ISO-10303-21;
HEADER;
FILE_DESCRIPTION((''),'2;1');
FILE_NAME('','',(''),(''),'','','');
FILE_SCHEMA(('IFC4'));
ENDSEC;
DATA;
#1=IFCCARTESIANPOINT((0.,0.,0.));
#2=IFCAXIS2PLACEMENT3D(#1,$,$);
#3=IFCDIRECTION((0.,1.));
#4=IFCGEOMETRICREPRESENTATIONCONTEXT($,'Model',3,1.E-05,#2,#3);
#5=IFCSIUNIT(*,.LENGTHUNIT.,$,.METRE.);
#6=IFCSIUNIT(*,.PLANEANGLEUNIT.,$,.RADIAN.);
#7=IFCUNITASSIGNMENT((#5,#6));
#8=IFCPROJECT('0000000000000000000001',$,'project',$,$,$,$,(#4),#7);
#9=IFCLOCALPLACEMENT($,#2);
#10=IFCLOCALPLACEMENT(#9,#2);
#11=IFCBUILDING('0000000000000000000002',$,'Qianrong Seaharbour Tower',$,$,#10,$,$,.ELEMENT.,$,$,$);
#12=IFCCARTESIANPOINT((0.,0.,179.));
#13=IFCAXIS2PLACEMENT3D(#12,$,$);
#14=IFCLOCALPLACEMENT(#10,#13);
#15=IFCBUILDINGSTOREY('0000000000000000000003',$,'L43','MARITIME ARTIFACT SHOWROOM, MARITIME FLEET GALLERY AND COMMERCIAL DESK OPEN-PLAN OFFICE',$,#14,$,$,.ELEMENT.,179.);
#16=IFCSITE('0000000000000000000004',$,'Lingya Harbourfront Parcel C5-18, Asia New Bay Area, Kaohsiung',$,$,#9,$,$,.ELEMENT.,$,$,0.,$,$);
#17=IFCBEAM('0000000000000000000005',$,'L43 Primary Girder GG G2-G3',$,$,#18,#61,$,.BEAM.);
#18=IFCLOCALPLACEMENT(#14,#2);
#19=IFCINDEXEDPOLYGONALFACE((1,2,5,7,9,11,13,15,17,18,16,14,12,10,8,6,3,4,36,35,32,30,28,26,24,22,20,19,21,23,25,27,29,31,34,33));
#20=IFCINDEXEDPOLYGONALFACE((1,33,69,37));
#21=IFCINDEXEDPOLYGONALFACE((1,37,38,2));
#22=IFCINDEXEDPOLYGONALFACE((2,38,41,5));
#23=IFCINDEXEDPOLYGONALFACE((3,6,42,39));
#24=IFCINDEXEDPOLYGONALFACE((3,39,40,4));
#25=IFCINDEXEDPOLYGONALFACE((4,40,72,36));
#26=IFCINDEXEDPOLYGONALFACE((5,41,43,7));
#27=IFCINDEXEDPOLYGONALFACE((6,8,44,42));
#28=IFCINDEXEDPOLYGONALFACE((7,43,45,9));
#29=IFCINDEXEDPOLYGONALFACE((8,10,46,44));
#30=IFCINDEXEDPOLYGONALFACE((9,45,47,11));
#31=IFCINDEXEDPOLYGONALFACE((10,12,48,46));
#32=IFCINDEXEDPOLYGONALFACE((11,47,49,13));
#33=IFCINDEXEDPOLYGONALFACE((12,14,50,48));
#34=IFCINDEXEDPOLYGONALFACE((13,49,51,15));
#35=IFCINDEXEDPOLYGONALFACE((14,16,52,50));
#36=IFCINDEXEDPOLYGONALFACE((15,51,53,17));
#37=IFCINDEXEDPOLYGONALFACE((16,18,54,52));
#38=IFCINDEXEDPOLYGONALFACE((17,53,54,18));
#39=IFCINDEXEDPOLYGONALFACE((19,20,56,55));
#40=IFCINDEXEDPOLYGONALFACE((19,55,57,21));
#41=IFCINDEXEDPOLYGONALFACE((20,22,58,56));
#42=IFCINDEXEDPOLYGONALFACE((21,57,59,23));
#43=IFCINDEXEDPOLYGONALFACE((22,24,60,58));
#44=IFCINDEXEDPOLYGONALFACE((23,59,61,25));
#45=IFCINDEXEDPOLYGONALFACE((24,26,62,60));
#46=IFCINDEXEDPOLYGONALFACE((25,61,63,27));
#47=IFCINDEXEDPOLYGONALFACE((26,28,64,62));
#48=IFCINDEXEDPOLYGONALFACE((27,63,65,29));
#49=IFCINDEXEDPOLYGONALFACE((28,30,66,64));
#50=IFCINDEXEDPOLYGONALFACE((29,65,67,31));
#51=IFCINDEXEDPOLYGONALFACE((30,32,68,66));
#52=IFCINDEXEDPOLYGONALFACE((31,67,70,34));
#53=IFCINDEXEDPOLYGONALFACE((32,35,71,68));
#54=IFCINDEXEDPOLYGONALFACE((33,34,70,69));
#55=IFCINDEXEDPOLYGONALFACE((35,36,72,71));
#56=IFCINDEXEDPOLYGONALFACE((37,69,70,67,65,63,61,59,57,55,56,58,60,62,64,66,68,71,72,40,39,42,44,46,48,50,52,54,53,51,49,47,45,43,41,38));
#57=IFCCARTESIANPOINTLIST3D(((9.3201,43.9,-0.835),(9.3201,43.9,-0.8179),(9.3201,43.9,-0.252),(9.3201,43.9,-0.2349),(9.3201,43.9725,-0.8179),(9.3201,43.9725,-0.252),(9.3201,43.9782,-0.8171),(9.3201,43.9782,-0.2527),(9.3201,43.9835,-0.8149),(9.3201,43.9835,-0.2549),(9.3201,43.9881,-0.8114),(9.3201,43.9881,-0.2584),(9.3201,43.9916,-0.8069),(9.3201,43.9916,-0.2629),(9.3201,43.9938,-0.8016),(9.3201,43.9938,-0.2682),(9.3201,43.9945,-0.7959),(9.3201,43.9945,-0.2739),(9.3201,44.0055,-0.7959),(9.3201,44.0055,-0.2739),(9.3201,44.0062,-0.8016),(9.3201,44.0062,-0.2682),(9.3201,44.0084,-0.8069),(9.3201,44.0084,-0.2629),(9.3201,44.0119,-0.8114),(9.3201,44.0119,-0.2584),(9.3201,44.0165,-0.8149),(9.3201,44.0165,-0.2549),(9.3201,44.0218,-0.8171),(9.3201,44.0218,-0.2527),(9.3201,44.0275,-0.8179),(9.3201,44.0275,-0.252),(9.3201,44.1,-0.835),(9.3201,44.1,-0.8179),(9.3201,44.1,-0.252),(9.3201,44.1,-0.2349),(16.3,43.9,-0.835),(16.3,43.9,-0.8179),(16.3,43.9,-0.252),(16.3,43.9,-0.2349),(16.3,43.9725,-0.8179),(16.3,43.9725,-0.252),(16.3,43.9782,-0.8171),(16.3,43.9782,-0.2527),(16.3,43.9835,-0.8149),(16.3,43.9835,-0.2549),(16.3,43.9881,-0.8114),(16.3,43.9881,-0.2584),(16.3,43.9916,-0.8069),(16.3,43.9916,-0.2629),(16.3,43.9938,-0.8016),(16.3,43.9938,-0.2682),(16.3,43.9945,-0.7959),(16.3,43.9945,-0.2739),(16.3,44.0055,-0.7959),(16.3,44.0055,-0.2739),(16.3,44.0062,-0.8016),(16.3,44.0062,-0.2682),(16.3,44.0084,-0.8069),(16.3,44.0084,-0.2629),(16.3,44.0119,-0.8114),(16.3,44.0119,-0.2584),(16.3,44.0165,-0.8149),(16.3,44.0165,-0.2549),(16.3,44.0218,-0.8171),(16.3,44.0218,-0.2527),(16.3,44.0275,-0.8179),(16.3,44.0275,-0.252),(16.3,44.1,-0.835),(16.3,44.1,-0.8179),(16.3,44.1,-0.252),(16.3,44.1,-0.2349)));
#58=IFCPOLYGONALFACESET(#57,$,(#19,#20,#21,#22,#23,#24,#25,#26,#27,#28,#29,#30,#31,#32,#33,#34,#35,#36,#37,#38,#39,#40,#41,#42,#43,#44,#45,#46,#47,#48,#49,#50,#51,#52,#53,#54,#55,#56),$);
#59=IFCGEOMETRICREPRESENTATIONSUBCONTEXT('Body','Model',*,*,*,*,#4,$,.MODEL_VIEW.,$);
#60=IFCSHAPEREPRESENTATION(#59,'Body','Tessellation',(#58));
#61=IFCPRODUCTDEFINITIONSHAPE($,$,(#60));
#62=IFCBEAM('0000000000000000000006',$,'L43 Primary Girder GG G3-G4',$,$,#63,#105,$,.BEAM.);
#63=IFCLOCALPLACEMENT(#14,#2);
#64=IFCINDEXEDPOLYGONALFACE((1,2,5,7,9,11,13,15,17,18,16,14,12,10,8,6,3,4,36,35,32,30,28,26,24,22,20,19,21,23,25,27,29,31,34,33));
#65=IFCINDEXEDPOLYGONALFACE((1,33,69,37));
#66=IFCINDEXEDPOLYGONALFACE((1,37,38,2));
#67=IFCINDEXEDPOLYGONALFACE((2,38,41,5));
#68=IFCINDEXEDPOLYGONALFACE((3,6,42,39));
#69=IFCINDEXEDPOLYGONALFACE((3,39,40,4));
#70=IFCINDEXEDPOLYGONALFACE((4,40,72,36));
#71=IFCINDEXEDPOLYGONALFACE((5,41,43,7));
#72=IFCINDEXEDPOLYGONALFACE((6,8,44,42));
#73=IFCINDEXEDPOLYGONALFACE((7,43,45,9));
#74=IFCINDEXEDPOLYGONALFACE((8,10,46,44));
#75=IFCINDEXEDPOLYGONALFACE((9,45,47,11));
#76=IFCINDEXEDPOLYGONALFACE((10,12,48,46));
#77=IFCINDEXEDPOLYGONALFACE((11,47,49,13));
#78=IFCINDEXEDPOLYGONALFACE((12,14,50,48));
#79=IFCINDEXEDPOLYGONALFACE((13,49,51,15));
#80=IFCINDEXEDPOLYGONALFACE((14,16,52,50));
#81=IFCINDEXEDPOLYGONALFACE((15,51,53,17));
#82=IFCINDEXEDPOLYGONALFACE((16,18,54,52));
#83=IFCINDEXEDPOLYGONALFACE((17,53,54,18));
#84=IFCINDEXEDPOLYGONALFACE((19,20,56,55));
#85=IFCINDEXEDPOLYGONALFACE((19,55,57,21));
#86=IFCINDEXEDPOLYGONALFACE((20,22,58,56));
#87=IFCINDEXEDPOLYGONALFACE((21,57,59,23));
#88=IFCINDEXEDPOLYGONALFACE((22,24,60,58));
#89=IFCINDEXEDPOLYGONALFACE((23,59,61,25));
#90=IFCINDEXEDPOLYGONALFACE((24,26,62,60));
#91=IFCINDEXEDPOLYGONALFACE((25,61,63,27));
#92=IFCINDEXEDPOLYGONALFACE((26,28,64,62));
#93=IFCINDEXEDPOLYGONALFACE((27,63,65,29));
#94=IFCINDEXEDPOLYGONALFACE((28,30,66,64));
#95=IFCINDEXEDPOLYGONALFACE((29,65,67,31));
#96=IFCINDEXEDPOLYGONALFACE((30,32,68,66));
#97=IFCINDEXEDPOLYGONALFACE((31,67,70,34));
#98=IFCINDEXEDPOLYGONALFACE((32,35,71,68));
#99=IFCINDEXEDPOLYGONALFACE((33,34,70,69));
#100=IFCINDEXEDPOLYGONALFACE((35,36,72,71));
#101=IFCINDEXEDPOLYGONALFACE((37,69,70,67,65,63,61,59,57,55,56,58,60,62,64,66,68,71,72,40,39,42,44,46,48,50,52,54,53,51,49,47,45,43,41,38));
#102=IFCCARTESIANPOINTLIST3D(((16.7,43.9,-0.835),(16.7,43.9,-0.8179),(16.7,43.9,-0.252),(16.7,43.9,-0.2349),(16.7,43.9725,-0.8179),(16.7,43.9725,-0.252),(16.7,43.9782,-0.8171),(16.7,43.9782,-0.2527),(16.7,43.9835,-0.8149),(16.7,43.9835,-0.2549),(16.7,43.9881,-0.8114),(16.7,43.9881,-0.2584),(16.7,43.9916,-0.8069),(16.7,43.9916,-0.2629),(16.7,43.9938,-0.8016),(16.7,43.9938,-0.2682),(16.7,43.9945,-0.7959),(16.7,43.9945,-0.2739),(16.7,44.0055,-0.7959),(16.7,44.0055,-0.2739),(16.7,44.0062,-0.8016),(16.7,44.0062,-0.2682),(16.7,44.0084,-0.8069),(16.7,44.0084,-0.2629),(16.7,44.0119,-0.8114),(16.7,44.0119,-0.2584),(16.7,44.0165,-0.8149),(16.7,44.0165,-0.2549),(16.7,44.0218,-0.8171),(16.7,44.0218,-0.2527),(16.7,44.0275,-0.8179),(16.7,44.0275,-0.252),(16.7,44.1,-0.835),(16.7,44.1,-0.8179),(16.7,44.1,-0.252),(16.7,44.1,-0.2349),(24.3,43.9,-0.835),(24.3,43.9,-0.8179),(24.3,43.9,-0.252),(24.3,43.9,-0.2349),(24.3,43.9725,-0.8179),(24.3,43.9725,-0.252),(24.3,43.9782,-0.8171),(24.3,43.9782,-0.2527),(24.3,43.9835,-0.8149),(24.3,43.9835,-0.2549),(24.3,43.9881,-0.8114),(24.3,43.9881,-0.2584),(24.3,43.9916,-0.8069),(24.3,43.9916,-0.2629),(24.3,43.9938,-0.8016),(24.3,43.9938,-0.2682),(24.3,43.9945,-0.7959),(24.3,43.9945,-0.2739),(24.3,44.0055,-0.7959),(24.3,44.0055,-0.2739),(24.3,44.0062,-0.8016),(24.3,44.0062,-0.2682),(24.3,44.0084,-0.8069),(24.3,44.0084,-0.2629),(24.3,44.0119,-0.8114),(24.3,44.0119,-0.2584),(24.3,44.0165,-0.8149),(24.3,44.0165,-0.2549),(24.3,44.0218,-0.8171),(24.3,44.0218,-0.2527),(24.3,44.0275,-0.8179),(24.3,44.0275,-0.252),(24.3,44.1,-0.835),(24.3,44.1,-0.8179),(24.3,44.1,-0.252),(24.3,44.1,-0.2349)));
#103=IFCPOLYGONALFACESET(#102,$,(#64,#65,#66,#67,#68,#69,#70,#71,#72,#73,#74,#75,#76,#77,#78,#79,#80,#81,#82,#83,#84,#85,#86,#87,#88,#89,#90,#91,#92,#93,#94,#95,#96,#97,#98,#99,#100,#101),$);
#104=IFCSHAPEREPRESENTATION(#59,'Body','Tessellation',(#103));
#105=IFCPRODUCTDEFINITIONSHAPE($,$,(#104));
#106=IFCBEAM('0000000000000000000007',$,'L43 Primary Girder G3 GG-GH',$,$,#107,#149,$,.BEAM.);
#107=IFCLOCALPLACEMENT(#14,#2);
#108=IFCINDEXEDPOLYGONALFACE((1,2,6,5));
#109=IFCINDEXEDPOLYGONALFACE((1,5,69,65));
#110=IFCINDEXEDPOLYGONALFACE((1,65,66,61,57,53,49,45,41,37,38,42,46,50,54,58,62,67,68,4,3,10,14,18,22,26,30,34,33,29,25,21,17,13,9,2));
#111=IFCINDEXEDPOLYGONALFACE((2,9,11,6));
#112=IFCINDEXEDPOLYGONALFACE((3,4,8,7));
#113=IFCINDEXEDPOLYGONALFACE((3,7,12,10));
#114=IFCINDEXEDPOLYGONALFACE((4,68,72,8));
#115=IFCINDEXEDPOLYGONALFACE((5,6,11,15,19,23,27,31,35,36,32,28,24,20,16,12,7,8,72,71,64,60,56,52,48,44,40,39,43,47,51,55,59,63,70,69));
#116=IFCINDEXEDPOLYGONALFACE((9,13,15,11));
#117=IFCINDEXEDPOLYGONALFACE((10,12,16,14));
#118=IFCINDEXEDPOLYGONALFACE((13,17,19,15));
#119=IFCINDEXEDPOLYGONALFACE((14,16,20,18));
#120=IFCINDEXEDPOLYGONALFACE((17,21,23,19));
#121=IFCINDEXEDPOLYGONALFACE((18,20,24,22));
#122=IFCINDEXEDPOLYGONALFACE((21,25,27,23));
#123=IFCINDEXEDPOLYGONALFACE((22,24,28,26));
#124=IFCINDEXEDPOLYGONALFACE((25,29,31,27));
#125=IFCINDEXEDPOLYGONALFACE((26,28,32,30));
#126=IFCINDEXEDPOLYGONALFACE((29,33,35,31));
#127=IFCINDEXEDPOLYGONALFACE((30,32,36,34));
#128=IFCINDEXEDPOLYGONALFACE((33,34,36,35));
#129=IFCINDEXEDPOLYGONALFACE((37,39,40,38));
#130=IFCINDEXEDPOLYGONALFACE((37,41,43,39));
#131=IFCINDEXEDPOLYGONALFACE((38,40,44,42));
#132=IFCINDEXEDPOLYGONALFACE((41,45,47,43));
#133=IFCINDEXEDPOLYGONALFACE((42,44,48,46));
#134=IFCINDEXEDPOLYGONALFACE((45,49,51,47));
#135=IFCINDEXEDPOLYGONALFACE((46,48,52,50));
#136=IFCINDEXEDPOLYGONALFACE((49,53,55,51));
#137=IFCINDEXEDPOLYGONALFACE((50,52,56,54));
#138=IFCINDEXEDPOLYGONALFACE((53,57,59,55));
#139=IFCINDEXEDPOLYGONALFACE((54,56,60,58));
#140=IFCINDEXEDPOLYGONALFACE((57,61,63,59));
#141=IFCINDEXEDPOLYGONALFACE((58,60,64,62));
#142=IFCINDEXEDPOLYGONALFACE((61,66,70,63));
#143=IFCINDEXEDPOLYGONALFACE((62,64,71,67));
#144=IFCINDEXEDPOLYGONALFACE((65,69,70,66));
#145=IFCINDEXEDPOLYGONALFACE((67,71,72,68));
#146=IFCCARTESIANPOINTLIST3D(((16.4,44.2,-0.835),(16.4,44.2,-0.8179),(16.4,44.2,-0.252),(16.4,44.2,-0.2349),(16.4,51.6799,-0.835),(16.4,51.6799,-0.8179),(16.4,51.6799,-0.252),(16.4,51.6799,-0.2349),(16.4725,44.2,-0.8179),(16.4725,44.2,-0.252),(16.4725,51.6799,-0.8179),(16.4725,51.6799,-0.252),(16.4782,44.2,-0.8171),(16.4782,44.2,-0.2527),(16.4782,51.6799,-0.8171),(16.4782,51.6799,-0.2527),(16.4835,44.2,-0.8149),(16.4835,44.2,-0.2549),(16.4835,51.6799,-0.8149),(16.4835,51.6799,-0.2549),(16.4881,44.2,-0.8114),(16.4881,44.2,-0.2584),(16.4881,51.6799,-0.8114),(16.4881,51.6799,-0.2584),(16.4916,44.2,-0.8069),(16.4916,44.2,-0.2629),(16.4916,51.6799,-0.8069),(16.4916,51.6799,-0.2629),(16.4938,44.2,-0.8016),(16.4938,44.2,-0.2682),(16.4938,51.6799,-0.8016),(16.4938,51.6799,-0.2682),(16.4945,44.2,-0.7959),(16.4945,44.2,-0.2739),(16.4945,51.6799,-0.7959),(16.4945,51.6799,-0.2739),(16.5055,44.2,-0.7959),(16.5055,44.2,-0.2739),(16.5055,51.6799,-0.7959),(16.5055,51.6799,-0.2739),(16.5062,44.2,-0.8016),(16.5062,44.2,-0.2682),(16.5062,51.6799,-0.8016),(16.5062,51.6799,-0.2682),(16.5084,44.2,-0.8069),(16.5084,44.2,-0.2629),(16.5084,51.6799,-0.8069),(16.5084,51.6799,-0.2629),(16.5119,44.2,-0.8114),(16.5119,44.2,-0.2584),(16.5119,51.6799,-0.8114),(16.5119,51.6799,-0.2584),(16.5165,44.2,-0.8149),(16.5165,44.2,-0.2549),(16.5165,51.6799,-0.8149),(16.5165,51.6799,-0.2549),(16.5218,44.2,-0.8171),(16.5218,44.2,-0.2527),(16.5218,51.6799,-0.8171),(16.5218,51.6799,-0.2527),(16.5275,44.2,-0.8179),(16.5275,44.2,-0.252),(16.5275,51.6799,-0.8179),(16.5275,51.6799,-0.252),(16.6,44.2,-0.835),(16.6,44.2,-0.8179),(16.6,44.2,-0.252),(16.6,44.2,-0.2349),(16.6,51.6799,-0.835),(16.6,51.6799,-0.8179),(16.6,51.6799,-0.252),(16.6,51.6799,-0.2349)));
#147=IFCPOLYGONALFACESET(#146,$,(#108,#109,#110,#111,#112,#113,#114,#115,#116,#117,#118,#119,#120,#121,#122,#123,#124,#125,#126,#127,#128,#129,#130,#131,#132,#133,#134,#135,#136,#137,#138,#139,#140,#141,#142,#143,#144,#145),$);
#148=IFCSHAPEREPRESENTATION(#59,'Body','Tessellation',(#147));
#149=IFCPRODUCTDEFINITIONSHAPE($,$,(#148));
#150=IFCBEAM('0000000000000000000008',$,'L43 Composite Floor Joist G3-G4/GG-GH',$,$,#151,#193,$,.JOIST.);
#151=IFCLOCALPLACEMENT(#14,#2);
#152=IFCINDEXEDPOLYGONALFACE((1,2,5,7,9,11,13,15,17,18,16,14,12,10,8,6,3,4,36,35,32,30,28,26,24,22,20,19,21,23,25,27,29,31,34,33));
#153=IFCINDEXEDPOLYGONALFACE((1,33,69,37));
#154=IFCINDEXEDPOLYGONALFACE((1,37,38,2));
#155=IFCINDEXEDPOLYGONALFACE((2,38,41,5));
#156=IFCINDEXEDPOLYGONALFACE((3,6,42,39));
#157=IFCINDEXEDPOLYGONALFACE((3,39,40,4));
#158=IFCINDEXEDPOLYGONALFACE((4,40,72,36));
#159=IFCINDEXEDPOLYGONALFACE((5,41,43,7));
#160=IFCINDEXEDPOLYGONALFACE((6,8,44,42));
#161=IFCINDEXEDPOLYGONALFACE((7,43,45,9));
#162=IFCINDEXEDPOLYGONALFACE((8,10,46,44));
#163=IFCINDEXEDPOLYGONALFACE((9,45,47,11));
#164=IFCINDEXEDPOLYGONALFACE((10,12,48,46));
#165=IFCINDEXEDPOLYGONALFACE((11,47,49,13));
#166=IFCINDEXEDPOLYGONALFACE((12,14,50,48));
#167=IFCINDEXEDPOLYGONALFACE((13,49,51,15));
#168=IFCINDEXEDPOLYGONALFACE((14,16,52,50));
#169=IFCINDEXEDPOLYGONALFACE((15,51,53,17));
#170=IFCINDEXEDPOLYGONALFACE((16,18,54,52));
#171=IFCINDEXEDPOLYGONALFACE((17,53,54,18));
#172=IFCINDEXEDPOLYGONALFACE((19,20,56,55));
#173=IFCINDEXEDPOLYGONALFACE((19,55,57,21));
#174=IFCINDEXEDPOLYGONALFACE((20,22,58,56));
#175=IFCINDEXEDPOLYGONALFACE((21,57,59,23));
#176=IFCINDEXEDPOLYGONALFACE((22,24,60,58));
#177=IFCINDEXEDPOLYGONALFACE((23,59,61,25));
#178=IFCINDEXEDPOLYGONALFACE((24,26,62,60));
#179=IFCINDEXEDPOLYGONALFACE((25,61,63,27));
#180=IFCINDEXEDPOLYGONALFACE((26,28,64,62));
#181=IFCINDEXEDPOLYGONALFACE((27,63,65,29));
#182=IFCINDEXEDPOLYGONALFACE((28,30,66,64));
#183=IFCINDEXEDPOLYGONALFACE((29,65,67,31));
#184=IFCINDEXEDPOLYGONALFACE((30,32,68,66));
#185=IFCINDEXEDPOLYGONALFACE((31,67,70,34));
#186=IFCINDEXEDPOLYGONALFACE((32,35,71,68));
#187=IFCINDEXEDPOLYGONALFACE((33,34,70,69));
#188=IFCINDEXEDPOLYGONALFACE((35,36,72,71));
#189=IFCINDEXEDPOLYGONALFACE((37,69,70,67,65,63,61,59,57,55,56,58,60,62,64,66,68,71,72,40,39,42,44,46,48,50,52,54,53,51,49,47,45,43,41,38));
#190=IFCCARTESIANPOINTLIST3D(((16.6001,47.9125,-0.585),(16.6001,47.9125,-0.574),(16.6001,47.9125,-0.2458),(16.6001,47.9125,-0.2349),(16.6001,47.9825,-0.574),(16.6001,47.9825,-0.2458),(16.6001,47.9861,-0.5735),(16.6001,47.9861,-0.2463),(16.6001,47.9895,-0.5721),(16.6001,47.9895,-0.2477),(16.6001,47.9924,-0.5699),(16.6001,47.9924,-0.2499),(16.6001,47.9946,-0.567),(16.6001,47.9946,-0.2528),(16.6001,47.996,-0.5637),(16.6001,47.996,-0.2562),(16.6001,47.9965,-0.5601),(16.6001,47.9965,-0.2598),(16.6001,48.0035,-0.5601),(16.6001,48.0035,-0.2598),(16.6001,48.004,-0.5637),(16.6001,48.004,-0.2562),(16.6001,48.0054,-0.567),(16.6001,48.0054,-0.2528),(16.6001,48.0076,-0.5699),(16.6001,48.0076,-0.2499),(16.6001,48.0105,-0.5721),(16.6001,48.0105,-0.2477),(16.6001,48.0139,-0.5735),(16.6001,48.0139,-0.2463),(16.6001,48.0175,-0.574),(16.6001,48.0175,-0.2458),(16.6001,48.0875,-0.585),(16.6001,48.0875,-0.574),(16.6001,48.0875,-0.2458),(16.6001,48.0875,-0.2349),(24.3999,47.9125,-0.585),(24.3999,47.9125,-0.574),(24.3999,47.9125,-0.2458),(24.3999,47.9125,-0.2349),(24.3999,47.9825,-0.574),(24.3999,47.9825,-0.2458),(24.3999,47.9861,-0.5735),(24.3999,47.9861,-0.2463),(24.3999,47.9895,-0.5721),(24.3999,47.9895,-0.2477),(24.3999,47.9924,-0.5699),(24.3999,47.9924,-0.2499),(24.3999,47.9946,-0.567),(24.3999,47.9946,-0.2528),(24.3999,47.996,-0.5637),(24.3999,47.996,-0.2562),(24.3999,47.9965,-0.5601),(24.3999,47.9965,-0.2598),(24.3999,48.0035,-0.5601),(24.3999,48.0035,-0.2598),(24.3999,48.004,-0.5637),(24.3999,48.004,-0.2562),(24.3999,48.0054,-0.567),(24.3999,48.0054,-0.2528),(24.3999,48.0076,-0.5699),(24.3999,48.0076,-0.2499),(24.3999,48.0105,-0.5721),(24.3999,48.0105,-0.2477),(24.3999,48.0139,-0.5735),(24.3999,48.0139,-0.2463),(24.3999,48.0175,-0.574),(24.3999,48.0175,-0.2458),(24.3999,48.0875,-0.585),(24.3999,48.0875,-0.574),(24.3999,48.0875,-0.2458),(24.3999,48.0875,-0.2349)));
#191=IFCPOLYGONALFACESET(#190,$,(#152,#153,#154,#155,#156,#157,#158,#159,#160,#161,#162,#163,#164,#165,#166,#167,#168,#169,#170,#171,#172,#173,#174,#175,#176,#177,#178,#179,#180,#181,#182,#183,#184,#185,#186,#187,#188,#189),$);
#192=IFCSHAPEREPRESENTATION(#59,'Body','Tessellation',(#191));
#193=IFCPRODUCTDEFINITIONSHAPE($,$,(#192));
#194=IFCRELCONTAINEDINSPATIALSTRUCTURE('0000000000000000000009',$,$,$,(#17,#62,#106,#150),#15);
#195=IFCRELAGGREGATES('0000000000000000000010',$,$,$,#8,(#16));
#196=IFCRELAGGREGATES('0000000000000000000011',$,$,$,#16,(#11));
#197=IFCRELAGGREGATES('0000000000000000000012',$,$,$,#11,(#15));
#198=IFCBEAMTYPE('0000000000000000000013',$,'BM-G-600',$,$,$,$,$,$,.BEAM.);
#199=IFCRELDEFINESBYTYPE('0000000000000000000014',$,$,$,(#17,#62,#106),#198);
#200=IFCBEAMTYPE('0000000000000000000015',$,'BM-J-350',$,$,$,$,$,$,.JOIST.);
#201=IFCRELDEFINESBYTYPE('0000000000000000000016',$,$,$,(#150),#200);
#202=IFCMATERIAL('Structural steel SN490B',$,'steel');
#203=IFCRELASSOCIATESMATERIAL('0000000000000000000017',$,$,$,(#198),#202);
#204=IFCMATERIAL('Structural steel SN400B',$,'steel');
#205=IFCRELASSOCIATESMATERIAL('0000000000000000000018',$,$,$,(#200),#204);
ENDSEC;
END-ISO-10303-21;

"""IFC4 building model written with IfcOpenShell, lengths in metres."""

from ifc_helpers import new_model, si_unit, direction, frame, origin, origin_2d, place, context, subcontext, project, spatial, i_section, extrude, material, material_profile, profile_set, type_object, element, save


model = new_model("IFC4")

# Units and contexts
model_context = context("Model", 3, precision=1e-05, world=origin(), true_north=direction((0.0, 1.0)))
body_context = subcontext(model_context, "Body", "Model", "MODEL_VIEW")
ifc_project = project(units=[si_unit("LENGTHUNIT", "METRE"), si_unit("PLANEANGLEUNIT", "RADIAN")], contexts=[model_context])

# Site, building, storey
site_placement = place(None, origin())
site = spatial("IfcSite", under=ifc_project, at=site_placement, Name="Lingya Harbourfront Parcel C5-18, Asia New Bay Area, Kaohsiung", CompositionType="ELEMENT", RefElevation=0.0)
building_placement = place(site_placement, origin())
building = spatial("IfcBuilding", under=site, at=building_placement, Name="Qianrong Seaharbour Tower", CompositionType="ELEMENT")
storey_placement = place(building_placement, frame((0.0, 0.0, 179.0)))
storey = spatial("IfcBuildingStorey", under=building, at=storey_placement, Name="L43", Description="MARITIME ARTIFACT SHOWROOM, MARITIME FLEET GALLERY AND COMMERCIAL DESK OPEN-PLAN OFFICE", CompositionType="ELEMENT", Elevation=179.0)

# Shared definitions
ifc_material_1 = material(Name="Structural steel SN490B", Category="steel")

# Beams
ifc_material_profile_1 = material_profile(ifc_material_1, i_section(OverallWidth=0.2, OverallDepth=0.6001, WebThickness=0.011, FlangeThickness=0.0171, FilletRadius=0.022, at=origin_2d()), Name="H600x200x11x17")
ifc_profile_set_1 = profile_set([ifc_material_profile_1], Name="Structural steel SN490B")
beam_type_1 = type_object("IfcBeamType", Name="BM-G-600", PredefinedType="BEAM", material=ifc_profile_set_1)
beam_1_placement = place(storey_placement, frame((9.3201, 44.0, -0.5349), z_axis=(1.0, 0.0, 0.0), x_axis=(0.0, 1.0, 0.0)))
element("IfcBeam", 1, at=beam_1_placement, inside=storey, type_object=beam_type_1, Name="L43 Primary Girder GG G2-G3", PredefinedType="BEAM", context=body_context, shape_type="SweptSolid", body=[
    extrude(i_section(OverallWidth=0.2, OverallDepth=0.6001, WebThickness=0.011, FlangeThickness=0.0171, FilletRadius=0.022, at=origin_2d()), origin(), (0.0, 0.0, 1.0), 6.98),
])
beam_2_placement = place(storey_placement, frame((16.7, 44.0, -0.5349), z_axis=(1.0, 0.0, 0.0), x_axis=(0.0, 1.0, 0.0)))
element("IfcBeam", 2, at=beam_2_placement, inside=storey, type_object=beam_type_1, Name="L43 Primary Girder GG G3-G4", PredefinedType="BEAM", context=body_context, shape_type="SweptSolid", body=[
    extrude(i_section(OverallWidth=0.2, OverallDepth=0.6001, WebThickness=0.011, FlangeThickness=0.0171, FilletRadius=0.022, at=origin_2d()), origin(), (0.0, 0.0, 1.0), 7.6001),
])
beam_3_placement = place(storey_placement, frame((16.5, 44.2, -0.5349), z_axis=(0.0, 1.0, 0.0), x_axis=(-1.0, 0.0, 0.0)))
element("IfcBeam", 3, at=beam_3_placement, inside=storey, type_object=beam_type_1, Name="L43 Primary Girder G3 GG-GH", PredefinedType="BEAM", context=body_context, shape_type="SweptSolid", body=[
    extrude(i_section(OverallWidth=0.2, OverallDepth=0.6001, WebThickness=0.011, FlangeThickness=0.0171, FilletRadius=0.022, at=origin_2d()), origin(), (0.0, 0.0, 1.0), 7.48),
])
ifc_material_2 = material(Name="Structural steel SN400B", Category="steel")
ifc_material_profile_2 = material_profile(ifc_material_2, i_section(OverallWidth=0.175, OverallDepth=0.3501, WebThickness=0.0071, FlangeThickness=0.011, FilletRadius=0.0139, at=origin_2d()), Name="H350x175x7x11")
ifc_profile_set_2 = profile_set([ifc_material_profile_2], Name="Structural steel SN400B")
beam_type_2 = type_object("IfcBeamType", Name="BM-J-350", PredefinedType="JOIST", material=ifc_profile_set_2)
beam_4_placement = place(storey_placement, frame((16.6001, 48.0, -0.4099), z_axis=(1.0, 0.0, 0.0), x_axis=(0.0, 1.0, 0.0)))
element("IfcBeam", 4, at=beam_4_placement, inside=storey, type_object=beam_type_2, Name="L43 Composite Floor Joist G3-G4/GG-GH", PredefinedType="JOIST", context=body_context, shape_type="SweptSolid", body=[
    extrude(i_section(OverallWidth=0.175, OverallDepth=0.3501, WebThickness=0.0071, FlangeThickness=0.011, FilletRadius=0.0139, at=origin_2d()), origin(), (0.0, 0.0, 1.0), 7.7998),
])

save(model, "model.ifc")
